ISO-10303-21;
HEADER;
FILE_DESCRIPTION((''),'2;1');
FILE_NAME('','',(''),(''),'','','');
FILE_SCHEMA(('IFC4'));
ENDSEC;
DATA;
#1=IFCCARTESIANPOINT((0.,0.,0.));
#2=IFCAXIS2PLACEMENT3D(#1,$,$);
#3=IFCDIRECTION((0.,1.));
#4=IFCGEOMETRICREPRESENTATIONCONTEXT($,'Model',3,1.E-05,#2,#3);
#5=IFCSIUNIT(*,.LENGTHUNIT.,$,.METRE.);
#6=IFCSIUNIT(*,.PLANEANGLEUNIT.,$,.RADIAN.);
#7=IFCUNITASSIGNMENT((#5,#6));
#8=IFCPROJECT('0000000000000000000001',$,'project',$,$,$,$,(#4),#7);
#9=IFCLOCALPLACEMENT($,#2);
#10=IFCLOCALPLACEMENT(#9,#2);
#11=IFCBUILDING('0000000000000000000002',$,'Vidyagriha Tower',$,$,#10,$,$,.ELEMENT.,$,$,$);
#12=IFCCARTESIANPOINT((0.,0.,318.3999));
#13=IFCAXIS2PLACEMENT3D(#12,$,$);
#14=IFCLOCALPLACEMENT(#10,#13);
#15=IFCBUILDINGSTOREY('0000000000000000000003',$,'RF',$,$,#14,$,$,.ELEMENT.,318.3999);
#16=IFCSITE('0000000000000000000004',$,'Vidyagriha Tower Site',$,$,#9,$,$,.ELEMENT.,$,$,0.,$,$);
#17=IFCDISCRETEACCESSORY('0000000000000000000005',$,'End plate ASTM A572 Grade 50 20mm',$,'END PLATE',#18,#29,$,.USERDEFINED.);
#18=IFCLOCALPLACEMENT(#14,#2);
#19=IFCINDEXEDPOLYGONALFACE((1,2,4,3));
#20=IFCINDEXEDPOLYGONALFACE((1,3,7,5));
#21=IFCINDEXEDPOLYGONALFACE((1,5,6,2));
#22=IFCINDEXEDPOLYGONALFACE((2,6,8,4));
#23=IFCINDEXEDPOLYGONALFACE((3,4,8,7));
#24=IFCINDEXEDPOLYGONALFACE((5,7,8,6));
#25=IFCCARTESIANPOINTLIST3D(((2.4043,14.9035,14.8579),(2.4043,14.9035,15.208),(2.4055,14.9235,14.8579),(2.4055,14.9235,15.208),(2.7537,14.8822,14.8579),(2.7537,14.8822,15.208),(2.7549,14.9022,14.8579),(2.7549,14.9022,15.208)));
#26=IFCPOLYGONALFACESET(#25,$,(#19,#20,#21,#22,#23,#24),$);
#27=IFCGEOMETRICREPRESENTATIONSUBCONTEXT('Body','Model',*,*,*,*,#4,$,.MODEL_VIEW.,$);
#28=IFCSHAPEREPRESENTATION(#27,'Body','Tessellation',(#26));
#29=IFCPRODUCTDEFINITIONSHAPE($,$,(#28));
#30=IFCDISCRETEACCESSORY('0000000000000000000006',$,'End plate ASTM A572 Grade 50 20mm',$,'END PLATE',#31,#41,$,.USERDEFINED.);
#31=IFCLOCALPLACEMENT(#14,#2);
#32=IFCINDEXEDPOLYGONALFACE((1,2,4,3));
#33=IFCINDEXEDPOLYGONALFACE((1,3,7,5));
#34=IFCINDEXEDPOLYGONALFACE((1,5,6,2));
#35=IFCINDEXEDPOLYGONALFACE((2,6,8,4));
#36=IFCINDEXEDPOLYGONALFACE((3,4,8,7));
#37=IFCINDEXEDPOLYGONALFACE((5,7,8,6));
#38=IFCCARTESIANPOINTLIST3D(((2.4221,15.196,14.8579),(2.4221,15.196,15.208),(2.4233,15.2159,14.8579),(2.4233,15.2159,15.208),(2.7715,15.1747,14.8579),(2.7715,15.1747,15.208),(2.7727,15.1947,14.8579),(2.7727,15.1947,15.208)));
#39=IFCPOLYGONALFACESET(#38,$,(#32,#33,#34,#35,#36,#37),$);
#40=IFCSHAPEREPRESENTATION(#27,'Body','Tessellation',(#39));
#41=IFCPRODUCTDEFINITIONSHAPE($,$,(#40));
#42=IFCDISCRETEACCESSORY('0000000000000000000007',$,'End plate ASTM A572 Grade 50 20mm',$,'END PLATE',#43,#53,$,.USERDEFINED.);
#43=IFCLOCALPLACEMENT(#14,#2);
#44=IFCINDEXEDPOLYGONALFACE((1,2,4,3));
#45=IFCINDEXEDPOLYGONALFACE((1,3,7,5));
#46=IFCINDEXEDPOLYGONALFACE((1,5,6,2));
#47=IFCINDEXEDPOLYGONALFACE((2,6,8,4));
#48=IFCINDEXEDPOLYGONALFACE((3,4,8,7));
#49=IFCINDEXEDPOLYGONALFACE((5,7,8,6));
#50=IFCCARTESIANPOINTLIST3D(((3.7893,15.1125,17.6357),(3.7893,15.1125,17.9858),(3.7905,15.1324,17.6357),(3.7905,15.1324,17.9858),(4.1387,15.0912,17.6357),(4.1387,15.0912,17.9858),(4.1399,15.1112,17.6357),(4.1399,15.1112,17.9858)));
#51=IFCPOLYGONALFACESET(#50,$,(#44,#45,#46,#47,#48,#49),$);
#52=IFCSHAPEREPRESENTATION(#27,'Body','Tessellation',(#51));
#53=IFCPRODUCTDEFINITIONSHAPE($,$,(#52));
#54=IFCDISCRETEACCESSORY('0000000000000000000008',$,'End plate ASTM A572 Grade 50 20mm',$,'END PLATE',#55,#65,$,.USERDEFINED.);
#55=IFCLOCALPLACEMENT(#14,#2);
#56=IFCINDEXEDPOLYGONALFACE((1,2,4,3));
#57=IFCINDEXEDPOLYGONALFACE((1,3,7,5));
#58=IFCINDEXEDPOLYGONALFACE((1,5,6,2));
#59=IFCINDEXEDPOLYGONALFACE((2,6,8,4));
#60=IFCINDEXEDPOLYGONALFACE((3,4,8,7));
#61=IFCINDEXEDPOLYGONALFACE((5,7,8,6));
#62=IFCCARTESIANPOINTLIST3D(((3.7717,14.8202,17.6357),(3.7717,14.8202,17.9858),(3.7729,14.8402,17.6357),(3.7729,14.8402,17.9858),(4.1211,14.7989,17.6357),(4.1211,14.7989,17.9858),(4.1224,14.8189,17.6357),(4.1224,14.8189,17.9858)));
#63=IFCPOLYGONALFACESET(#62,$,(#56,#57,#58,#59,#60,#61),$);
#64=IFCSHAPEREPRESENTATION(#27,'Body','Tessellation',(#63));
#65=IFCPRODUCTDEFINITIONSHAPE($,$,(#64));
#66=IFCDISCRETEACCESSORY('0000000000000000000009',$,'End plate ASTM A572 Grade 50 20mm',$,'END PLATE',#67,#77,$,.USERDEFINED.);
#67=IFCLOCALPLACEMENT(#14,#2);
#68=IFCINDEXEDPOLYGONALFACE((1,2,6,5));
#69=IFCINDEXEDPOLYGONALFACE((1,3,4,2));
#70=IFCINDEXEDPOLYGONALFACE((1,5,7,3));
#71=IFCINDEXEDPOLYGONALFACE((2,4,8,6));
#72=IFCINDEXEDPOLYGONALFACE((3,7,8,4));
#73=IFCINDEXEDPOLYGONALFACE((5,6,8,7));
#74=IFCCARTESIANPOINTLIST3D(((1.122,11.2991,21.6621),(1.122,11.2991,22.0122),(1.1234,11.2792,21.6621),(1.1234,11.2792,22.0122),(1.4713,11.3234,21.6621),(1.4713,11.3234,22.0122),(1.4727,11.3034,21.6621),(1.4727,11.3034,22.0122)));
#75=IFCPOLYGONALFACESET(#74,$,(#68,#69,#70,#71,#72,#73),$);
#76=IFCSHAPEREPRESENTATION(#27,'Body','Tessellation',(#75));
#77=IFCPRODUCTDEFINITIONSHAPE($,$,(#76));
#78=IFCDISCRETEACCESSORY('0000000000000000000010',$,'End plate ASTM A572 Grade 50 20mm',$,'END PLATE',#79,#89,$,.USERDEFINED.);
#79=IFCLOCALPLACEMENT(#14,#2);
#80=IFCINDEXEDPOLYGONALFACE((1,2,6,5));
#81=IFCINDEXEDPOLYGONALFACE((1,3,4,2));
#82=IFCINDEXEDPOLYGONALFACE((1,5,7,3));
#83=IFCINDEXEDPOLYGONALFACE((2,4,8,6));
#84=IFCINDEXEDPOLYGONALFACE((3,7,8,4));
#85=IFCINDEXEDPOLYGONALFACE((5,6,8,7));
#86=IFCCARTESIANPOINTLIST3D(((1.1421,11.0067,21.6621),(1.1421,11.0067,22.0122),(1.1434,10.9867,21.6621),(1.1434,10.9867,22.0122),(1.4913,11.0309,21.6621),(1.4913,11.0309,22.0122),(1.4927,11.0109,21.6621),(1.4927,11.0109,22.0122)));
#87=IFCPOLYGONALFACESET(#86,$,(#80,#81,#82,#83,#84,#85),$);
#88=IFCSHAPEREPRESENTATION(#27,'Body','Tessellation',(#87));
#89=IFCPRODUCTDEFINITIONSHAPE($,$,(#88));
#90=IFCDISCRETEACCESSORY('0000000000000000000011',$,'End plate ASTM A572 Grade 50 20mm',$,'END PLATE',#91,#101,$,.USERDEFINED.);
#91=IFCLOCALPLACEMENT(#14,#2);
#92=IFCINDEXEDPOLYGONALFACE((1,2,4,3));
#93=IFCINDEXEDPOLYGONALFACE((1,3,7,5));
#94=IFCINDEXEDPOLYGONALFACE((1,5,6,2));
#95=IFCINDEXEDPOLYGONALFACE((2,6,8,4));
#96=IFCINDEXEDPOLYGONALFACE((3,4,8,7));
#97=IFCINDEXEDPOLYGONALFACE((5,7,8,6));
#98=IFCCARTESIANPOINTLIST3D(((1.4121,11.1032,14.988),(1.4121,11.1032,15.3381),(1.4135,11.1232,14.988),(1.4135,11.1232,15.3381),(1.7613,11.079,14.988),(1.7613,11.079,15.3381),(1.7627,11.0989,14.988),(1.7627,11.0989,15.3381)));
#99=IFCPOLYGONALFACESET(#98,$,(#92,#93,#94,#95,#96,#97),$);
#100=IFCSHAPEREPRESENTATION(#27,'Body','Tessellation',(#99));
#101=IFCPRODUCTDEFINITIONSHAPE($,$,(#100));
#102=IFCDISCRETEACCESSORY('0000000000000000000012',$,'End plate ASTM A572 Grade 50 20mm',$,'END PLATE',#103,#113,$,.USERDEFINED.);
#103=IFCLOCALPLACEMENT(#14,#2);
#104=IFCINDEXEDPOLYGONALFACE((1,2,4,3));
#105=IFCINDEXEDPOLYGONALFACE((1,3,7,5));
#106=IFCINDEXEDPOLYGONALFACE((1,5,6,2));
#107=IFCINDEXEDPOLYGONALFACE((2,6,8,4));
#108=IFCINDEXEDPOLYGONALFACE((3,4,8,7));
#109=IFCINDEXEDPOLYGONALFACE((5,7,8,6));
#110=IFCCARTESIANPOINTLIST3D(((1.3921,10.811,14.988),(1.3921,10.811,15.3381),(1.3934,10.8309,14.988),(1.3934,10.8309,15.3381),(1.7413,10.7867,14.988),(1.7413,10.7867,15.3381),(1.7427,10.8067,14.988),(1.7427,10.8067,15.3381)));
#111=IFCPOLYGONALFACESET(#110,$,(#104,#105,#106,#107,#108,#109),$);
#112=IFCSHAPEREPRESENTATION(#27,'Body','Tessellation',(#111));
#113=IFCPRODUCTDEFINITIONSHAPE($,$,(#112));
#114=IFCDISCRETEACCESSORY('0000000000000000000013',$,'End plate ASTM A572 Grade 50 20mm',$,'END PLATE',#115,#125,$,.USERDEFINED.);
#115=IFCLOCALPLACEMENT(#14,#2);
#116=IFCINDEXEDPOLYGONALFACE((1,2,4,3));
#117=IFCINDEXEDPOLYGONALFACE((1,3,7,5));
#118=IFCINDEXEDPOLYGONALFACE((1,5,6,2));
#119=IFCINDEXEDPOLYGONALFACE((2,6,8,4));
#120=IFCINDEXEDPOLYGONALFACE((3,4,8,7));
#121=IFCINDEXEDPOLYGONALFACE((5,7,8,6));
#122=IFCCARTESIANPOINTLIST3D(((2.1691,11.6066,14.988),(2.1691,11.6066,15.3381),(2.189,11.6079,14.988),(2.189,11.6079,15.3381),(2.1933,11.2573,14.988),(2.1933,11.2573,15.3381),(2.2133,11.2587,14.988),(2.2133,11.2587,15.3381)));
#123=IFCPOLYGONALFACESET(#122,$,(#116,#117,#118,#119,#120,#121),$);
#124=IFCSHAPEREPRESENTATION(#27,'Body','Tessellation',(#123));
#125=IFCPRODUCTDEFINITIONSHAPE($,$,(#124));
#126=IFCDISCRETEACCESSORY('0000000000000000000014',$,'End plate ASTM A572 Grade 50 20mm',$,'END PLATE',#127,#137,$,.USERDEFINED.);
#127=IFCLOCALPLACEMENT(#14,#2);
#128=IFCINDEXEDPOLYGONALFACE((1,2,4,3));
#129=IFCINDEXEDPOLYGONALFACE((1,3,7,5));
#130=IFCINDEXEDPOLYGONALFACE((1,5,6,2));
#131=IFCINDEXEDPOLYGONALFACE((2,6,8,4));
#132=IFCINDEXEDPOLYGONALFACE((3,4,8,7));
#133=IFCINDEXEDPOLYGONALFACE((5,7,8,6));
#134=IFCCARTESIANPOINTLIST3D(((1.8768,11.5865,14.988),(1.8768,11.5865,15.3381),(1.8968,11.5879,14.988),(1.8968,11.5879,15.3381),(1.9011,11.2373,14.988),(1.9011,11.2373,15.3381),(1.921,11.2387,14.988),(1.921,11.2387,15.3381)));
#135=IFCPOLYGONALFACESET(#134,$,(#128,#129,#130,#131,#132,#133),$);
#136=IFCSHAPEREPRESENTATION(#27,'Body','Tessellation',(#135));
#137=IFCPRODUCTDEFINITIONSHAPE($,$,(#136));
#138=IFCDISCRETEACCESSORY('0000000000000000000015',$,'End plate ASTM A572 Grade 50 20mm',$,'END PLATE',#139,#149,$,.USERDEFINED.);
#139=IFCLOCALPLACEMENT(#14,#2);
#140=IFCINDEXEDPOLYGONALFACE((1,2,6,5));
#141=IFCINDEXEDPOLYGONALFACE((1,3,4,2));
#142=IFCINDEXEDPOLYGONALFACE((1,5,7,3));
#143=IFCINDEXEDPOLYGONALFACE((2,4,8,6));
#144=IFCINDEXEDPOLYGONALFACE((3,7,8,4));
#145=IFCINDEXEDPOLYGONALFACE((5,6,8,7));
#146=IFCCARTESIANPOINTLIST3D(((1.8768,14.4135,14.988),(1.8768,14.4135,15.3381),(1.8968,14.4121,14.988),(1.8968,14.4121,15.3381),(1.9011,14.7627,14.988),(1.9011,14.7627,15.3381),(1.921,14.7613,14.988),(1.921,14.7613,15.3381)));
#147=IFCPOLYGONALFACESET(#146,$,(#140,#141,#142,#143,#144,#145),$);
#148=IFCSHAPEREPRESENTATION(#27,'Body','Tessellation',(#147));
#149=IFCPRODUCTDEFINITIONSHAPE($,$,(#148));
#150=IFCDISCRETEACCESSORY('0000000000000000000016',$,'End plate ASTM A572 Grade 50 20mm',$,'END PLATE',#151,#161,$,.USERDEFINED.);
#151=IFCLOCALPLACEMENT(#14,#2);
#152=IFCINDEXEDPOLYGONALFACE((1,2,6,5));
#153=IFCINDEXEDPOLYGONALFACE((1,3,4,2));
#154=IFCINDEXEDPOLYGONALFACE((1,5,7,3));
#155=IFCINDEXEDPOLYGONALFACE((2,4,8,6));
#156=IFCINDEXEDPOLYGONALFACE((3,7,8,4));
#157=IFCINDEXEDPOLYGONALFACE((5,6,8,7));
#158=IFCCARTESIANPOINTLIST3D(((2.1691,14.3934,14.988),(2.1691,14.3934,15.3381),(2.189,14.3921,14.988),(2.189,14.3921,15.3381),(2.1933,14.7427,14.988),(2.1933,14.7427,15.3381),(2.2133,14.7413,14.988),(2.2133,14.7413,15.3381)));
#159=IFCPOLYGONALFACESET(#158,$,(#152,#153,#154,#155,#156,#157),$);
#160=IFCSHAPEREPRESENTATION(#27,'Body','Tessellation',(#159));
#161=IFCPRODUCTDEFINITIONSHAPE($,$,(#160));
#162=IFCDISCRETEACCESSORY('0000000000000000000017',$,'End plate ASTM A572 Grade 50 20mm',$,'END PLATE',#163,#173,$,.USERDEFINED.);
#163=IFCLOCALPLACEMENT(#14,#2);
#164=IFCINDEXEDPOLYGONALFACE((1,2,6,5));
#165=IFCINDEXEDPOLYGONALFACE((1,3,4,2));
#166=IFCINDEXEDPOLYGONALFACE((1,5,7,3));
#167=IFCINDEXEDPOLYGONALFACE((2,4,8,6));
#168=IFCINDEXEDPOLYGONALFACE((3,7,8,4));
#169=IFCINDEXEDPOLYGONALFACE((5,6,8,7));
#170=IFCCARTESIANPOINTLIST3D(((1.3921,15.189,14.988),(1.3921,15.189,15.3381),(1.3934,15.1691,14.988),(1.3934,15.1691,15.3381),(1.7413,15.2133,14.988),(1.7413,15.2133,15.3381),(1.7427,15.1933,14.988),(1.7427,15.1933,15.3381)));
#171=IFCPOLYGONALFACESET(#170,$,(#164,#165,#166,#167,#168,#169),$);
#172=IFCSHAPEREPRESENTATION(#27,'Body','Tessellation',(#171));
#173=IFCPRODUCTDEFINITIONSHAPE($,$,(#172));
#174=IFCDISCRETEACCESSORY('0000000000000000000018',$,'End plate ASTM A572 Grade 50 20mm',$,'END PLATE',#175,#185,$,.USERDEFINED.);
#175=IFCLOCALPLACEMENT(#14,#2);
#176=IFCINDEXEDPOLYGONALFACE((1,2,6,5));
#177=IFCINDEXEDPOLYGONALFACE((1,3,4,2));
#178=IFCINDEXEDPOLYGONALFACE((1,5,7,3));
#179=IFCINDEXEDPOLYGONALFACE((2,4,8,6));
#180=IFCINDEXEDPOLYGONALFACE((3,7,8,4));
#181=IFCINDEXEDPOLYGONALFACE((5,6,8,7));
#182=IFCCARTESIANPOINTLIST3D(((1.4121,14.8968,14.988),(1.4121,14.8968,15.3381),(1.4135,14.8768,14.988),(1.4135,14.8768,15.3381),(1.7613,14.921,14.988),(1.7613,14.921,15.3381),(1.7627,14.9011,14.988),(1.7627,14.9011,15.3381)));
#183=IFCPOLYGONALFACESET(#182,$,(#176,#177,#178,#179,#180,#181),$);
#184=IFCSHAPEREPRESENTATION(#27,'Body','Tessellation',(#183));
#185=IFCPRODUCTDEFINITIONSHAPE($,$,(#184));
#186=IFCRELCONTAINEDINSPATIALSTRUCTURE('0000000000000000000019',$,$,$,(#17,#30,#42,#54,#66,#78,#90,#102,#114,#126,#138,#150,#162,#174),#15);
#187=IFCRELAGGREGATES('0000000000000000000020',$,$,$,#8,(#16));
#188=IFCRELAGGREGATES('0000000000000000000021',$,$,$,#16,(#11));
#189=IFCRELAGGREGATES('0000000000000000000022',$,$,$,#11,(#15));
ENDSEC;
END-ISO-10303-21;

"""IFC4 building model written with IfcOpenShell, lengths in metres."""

from ifc_helpers import new_model, si_unit, direction, frame, origin, origin_2d, place, context, subcontext, project, spatial, rectangle, extrude, element, save


model = new_model("IFC4")

# Units and contexts
model_context = context("Model", 3, precision=1e-05, world=origin(), true_north=direction((0.0, 1.0)))
body_context = subcontext(model_context, "Body", "Model", "MODEL_VIEW")
ifc_project = project(units=[si_unit("LENGTHUNIT", "METRE"), si_unit("PLANEANGLEUNIT", "RADIAN")], contexts=[model_context])

# Site, building, storey
site_placement = place(None, origin())
site = spatial("IfcSite", under=ifc_project, at=site_placement, Name="Vidyagriha Tower Site", CompositionType="ELEMENT", RefElevation=0.0)
building_placement = place(site_placement, origin())
building = spatial("IfcBuilding", under=site, at=building_placement, Name="Vidyagriha Tower", CompositionType="ELEMENT")
storey_placement = place(building_placement, frame((0.0, 0.0, 318.3999)))
storey = spatial("IfcBuildingStorey", under=building, at=storey_placement, Name="RF", CompositionType="ELEMENT", Elevation=318.3999)

# Discrete accessories
for number, where, z_axis, x_axis, name in (
    (1, (2.5796, 14.9028, 14.8579), (0.0, 0.0, 1.0), (-0.99815, 0.060794, 0.0), "End plate ASTM A572 Grade 50 20mm"),
    (2, (2.5974, 15.1953, 14.8579), (0.0, 0.0, 1.0), (-0.99815, 0.060794, 0.0), "End plate ASTM A572 Grade 50 20mm"),
    (3, (3.9646, 15.1118, 17.6357), (0.0, 0.0, 1.0), (0.99815, -0.060794, 0.0), "End plate ASTM A572 Grade 50 20mm"),
    (4, (3.947, 14.8196, 17.6357), (0.0, 0.0, 1.0), (0.99815, -0.060794, 0.0), "End plate ASTM A572 Grade 50 20mm"),
    (5, (1.2974, 11.3013, 21.6621), (0.0, 0.0, 1.0), (0.997601, 0.06922, 0.0), "End plate ASTM A572 Grade 50 20mm"),
    (6, (1.3174, 11.0088, 21.6621), (0.0, 0.0, 1.0), (0.997601, 0.06922, 0.0), "End plate ASTM A572 Grade 50 20mm"),
    (7, (1.5874, 11.1011, 14.988), (0.0, 0.0, 1.0), (0.9976, -0.069245, 0.0), "End plate ASTM A572 Grade 50 20mm"),
    (8, (1.5674, 10.8088, 14.988), (0.0, 0.0, 1.0), (0.9976, -0.069245, 0.0), "End plate ASTM A572 Grade 50 20mm"),
    (9, (2.1912, 11.4326, 14.988), (0.0, 0.0, 1.0), (0.06922, -0.997601, 0.0), "End plate ASTM A572 Grade 50 20mm"),
    (10, (1.8989, 11.4126, 14.988), (0.0, 0.0, 1.0), (0.06922, -0.997601, 0.0), "End plate ASTM A572 Grade 50 20mm"),
    (11, (1.8989, 14.5874, 14.988), (0.0, 0.0, 1.0), (0.069245, 0.9976, 0.0), "End plate ASTM A572 Grade 50 20mm"),
    (12, (2.1912, 14.5674, 14.988), (0.0, 0.0, 1.0), (0.069245, 0.9976, 0.0), "End plate ASTM A572 Grade 50 20mm"),
    (13, (1.5674, 15.1912, 14.988), (0.0, 0.0, 1.0), (0.997601, 0.06922, 0.0), "End plate ASTM A572 Grade 50 20mm"),
    (14, (1.5874, 14.8989, 14.988), (0.0, 0.0, 1.0), (0.997601, 0.06922, 0.0), "End plate ASTM A572 Grade 50 20mm"),
):
    element("IfcDiscreteAccessory", number, at=place(storey_placement, frame(where, z_axis=z_axis, x_axis=x_axis)), inside=storey, Name=name, ObjectType="END PLATE", PredefinedType="USERDEFINED", context=body_context, shape_type="SweptSolid", body=[
        extrude(rectangle(XDim=0.3501, YDim=0.02, at=origin_2d()), origin(), (0.0, 0.0, 1.0), 0.3501),
    ])

save(model, "model.ifc")
